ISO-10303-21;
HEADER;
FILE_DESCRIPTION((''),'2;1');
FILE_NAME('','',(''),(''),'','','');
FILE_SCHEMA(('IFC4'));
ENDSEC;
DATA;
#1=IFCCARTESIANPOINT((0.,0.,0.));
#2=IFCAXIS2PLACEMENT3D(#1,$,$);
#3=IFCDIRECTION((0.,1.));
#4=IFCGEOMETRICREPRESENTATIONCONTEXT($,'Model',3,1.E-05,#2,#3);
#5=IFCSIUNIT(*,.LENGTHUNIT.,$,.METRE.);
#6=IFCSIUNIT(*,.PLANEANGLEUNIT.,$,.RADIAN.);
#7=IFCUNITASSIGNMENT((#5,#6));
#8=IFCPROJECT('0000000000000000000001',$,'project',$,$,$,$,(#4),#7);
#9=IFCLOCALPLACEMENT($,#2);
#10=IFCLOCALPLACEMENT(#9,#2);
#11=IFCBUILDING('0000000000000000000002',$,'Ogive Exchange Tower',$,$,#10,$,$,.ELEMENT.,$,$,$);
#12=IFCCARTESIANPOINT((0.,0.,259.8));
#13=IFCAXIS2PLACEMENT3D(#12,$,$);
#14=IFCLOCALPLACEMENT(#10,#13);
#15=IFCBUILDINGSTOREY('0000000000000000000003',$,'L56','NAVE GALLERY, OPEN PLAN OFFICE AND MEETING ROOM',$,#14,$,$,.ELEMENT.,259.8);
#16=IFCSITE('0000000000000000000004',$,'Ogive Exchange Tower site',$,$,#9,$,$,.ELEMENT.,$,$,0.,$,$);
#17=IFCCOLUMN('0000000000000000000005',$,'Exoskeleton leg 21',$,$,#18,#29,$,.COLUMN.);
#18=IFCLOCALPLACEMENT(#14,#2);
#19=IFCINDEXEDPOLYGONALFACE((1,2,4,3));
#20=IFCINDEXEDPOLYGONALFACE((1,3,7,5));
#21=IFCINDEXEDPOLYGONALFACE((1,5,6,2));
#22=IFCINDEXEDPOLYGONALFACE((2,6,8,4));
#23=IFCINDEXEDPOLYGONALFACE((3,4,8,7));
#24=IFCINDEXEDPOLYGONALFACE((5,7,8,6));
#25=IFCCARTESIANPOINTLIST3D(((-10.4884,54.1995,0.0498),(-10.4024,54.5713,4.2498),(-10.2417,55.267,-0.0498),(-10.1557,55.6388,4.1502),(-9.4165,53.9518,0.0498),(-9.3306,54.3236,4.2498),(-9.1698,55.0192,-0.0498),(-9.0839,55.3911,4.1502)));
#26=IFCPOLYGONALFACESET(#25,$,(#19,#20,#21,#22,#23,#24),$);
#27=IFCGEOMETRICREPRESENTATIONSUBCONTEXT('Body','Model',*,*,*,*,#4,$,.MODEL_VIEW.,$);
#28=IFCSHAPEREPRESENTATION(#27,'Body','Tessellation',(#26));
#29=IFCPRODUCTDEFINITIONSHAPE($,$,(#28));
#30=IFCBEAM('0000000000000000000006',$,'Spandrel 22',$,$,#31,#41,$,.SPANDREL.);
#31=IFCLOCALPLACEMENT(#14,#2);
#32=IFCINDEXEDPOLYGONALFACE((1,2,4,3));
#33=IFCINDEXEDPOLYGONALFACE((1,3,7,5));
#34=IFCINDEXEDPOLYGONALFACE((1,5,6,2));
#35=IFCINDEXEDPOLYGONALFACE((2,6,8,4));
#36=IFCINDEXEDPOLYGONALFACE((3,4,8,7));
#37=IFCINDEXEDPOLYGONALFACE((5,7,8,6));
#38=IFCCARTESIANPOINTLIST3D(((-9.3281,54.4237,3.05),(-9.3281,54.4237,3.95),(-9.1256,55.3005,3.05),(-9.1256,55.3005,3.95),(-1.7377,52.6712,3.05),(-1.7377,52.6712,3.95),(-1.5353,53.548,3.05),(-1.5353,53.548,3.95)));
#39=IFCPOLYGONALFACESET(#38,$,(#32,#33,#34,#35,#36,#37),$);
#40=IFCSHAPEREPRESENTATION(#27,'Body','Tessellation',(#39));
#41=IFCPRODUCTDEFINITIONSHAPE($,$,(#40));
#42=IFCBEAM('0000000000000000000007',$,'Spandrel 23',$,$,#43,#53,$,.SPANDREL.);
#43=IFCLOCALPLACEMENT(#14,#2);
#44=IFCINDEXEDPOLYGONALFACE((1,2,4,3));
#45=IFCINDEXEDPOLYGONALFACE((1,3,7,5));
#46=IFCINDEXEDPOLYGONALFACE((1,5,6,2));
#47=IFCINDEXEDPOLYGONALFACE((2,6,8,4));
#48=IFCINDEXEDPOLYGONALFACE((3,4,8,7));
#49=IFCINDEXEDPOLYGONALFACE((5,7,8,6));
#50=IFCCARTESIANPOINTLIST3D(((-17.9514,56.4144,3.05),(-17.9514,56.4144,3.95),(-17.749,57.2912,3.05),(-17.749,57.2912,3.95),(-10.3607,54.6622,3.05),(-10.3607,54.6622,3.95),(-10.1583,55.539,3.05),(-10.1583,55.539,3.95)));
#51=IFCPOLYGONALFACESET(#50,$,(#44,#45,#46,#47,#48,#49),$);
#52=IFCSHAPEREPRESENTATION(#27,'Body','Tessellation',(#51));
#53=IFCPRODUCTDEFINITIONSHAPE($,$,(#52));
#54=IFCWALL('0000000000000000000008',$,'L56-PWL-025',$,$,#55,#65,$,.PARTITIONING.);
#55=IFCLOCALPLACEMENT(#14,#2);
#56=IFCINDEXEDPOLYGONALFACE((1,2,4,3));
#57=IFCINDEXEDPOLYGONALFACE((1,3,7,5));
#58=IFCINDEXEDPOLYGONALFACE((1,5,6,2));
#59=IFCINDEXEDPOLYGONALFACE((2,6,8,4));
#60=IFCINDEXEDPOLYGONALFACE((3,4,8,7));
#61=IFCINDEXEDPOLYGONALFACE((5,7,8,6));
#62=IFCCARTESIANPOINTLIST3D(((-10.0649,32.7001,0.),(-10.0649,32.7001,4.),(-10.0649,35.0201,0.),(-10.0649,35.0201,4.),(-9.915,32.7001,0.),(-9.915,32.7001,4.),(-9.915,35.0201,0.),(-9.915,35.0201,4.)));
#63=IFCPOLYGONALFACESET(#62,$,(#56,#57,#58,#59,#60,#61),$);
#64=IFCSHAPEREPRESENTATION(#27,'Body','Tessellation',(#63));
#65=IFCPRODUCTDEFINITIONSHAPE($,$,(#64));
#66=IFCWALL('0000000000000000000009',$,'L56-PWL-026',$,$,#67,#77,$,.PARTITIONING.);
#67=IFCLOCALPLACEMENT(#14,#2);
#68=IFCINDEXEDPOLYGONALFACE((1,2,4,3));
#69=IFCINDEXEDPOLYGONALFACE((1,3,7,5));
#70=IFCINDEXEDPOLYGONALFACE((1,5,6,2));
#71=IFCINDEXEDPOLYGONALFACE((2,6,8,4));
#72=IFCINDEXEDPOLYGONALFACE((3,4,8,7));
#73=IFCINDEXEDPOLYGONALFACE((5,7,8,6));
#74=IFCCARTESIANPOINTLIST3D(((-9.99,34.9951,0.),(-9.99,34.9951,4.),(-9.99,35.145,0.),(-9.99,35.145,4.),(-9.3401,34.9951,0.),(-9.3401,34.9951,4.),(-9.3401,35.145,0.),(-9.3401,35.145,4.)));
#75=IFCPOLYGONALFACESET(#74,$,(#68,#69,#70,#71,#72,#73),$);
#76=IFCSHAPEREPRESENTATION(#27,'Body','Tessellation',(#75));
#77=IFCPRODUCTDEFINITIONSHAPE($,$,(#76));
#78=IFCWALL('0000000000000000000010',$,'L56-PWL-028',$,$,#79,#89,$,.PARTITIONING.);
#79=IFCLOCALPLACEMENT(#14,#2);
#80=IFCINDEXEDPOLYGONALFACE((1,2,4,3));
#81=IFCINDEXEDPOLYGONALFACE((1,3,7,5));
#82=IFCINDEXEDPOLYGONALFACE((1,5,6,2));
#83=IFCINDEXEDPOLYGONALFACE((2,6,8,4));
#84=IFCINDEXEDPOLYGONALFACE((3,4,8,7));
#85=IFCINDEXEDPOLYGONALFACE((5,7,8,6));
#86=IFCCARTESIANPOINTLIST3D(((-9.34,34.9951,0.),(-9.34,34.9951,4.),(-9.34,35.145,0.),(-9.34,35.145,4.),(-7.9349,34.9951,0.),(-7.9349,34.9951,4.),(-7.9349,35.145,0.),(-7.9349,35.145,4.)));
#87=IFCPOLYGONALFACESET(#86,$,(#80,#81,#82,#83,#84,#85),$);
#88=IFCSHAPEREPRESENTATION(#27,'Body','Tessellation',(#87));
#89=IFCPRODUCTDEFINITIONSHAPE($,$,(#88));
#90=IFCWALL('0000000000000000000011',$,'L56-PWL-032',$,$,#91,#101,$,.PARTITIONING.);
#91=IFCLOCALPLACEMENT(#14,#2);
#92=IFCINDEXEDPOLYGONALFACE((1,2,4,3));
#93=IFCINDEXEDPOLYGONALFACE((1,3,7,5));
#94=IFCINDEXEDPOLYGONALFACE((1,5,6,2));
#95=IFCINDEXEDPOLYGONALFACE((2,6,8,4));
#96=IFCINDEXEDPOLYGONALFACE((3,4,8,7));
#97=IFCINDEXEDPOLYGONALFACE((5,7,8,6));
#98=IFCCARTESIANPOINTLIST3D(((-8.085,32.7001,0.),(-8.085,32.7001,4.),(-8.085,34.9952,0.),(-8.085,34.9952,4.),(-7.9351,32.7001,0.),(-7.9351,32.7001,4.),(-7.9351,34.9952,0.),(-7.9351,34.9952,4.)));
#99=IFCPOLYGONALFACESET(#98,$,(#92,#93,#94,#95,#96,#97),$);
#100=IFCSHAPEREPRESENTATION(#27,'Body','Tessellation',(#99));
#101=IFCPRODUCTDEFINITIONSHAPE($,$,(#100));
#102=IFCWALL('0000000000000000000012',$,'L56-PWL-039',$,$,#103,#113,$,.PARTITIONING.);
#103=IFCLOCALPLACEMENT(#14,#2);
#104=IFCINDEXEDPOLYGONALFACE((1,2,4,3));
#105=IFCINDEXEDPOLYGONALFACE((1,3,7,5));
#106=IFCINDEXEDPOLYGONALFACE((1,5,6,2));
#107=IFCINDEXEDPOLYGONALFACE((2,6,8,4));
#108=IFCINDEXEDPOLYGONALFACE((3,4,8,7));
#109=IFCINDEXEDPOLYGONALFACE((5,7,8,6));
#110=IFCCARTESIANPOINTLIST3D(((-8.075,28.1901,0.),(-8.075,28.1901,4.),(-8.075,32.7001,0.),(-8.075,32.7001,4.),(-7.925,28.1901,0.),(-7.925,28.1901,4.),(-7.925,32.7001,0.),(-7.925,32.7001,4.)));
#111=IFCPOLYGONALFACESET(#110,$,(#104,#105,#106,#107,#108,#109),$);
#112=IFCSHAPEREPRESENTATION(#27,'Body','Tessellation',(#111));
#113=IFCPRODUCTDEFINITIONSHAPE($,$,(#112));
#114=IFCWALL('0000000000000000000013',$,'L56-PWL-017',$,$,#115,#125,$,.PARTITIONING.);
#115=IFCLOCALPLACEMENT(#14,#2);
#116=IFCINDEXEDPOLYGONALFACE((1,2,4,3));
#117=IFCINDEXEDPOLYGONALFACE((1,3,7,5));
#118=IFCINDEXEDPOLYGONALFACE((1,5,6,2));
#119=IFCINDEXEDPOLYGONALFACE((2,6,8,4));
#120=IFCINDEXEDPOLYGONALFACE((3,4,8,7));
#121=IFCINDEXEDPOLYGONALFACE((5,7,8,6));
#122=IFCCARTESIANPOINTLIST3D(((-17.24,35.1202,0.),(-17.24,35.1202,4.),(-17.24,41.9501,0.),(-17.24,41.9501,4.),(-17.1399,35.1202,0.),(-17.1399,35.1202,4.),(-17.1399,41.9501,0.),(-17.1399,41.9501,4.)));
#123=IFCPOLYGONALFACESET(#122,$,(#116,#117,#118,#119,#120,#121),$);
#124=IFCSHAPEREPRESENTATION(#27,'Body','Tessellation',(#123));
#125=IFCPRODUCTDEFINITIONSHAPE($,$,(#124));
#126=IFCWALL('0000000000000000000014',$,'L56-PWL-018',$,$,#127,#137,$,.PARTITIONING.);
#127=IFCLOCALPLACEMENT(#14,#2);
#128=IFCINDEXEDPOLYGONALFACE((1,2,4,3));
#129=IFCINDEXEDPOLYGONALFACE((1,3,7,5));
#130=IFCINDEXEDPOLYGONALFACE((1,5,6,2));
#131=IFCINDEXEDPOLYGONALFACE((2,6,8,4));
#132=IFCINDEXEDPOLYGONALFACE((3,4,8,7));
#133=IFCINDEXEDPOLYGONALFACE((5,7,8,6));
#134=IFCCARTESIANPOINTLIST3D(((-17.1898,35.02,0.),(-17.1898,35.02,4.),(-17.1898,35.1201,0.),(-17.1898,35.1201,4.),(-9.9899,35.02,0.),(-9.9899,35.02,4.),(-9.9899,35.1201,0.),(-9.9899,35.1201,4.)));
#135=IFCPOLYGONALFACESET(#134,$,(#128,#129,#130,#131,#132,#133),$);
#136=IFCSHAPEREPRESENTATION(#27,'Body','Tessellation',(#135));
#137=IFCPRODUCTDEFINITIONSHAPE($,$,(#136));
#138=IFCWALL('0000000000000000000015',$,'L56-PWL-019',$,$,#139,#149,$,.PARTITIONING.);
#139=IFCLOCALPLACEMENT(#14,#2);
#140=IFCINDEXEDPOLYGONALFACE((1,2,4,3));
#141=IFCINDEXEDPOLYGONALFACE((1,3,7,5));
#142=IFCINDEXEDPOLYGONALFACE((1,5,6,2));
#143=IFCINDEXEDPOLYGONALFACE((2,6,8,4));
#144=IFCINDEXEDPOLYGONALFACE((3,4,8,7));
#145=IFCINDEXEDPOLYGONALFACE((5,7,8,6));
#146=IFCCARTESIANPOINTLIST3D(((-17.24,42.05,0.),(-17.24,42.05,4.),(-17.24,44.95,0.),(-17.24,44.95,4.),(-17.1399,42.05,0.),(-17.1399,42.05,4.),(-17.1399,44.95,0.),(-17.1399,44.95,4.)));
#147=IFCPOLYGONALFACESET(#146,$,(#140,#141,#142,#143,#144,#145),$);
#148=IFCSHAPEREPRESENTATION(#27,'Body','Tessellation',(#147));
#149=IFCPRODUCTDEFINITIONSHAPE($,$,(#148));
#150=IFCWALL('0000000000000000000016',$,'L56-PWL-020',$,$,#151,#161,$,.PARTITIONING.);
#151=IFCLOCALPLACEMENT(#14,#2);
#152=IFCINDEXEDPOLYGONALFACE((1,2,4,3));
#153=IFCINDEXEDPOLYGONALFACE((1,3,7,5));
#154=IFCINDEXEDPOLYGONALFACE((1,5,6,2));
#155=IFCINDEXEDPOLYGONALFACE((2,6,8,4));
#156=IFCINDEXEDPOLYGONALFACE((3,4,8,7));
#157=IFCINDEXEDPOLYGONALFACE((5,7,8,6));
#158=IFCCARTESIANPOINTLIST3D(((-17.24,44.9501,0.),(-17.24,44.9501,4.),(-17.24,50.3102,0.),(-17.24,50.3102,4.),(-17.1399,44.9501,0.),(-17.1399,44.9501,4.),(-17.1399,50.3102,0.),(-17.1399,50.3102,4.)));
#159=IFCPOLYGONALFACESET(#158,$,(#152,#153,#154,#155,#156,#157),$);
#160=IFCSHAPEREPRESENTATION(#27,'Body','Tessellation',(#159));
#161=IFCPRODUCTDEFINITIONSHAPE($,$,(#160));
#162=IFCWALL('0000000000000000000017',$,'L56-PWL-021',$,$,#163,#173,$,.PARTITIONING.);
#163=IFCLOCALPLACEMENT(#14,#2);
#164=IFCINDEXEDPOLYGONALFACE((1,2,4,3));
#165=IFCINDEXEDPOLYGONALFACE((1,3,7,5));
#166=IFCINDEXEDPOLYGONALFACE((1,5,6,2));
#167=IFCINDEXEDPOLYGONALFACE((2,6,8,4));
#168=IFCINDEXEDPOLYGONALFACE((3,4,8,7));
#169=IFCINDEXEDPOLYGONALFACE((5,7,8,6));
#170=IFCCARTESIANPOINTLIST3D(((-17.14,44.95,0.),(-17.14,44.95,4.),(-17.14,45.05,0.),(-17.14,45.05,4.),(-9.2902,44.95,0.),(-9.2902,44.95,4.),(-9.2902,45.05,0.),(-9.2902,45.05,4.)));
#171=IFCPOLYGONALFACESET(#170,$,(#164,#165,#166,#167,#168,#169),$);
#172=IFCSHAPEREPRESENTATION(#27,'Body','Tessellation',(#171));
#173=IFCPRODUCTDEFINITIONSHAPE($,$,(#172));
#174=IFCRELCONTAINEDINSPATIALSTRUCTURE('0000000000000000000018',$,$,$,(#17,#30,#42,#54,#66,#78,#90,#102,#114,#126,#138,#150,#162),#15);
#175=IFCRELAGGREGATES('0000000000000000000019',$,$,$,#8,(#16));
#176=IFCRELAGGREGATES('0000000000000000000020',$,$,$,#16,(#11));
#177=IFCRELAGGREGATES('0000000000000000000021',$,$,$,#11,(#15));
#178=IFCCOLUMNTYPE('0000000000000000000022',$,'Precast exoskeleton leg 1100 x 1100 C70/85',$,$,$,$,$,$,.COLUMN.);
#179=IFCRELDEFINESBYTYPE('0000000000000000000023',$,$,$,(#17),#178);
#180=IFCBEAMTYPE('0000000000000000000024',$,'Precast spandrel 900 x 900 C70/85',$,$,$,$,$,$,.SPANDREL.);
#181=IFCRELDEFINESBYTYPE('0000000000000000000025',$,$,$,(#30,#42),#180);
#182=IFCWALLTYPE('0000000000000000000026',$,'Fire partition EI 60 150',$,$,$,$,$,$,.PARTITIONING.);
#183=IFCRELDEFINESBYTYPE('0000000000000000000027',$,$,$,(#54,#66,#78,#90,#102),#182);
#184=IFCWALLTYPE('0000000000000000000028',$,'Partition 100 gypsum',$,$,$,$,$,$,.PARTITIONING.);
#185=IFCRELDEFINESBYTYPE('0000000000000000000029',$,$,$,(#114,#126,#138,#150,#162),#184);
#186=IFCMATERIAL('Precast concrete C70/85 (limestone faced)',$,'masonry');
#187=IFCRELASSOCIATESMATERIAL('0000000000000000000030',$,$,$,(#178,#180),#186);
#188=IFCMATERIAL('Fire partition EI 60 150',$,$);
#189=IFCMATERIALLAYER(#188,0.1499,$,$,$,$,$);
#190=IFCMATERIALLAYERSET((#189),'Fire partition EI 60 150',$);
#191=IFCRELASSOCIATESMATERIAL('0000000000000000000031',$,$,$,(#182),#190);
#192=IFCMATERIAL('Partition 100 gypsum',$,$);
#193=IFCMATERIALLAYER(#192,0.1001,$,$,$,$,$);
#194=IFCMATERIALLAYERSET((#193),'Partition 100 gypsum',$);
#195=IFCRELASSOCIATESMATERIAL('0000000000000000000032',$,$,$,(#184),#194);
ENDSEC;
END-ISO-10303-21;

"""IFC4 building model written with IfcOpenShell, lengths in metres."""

from ifc_helpers import new_model, si_unit, direction, frame, frame_2d, origin, origin_2d, place, context, subcontext, project, spatial, rectangle, extrude, material, layer, layer_set, material_profile, profile_set, type_object, element, save


model = new_model("IFC4")

# Units and contexts
model_context = context("Model", 3, precision=1e-05, world=origin(), true_north=direction((0.0, 1.0)))
body_context = subcontext(model_context, "Body", "Model", "MODEL_VIEW")
ifc_project = project(units=[si_unit("LENGTHUNIT", "METRE"), si_unit("PLANEANGLEUNIT", "RADIAN")], contexts=[model_context])

# Site, building, storey
site_placement = place(None, origin())
site = spatial("IfcSite", under=ifc_project, at=site_placement, Name="Ogive Exchange Tower site", CompositionType="ELEMENT", RefElevation=0.0)
building_placement = place(site_placement, origin())
building = spatial("IfcBuilding", under=site, at=building_placement, Name="Ogive Exchange Tower", CompositionType="ELEMENT")
storey_placement = place(building_placement, frame((0.0, 0.0, 259.8)))
storey = spatial("IfcBuildingStorey", under=building, at=storey_placement, Name="L56", Description="NAVE GALLERY, OPEN PLAN OFFICE AND MEETING ROOM", CompositionType="ELEMENT", Elevation=259.8)

# Column
ifc_material_1 = material(Name="Precast concrete C70/85 (limestone faced)", Category="masonry")
ifc_material_profile_1 = material_profile(ifc_material_1, rectangle(XDim=1.1001, YDim=1.1001, at=origin_2d()), Name="1100 x 1100")
ifc_profile_set_1 = profile_set([ifc_material_profile_1], Name="Precast concrete C70/85 (limestone faced)")
column_type = type_object("IfcColumnType", Name="Precast exoskeleton leg 1100 x 1100 C70/85", PredefinedType="COLUMN", material=ifc_profile_set_1)
column_placement = place(storey_placement, frame((-9.8291, 54.6094, 0.0), z_axis=(0.020378, 0.088168, 0.995897), x_axis=(-0.974316, 0.225187, 0.0)))
element("IfcColumn", 1, at=column_placement, inside=storey, type_object=column_type, Name="Exoskeleton leg 21", PredefinedType="COLUMN", context=body_context, shape_type="SweptSolid", body=[
    extrude(rectangle(XDim=1.1001, YDim=1.1001, at=origin_2d()), origin(), (0.0, 0.0, 1.0), 4.2173),
])

# Beams
ifc_material_profile_2 = material_profile(ifc_material_1, rectangle(XDim=0.8999, YDim=0.8999, at=origin_2d()), Name="900 x 900")
ifc_profile_set_2 = profile_set([ifc_material_profile_2], Name="Precast concrete C70/85 (limestone faced)")
beam_type = type_object("IfcBeamType", Name="Precast spandrel 900 x 900 C70/85", PredefinedType="SPANDREL", material=ifc_profile_set_2)
beam_1_placement = place(storey_placement, frame((-1.6365, 53.1096, 3.5), z_axis=(-0.974368, 0.22496, 0.0), x_axis=(-0.22496, -0.974368, 0.0)))
element("IfcBeam", 2, at=beam_1_placement, inside=storey, type_object=beam_type, Name="Spandrel 22", PredefinedType="SPANDREL", context=body_context, shape_type="SweptSolid", body=[
    extrude(rectangle(XDim=0.8999, YDim=0.8999, at=origin_2d()), origin(), (0.0, 0.0, 1.0), 7.79),
])
beam_2_placement = place(storey_placement, frame((-10.2595, 55.1006, 3.5), z_axis=(-0.974376, 0.224924, 0.0), x_axis=(-0.224924, -0.974376, 0.0)))
element("IfcBeam", 3, at=beam_2_placement, inside=storey, type_object=beam_type, Name="Spandrel 23", PredefinedType="SPANDREL", context=body_context, shape_type="SweptSolid", body=[
    extrude(rectangle(XDim=0.8999, YDim=0.8999, at=origin_2d()), origin(), (0.0, 0.0, 1.0), 7.7903),
])

# Walls
ifc_material_2 = material(Name="Fire partition EI 60 150")
ifc_layer_1 = layer(ifc_material_2, 0.1499)
ifc_layer_set_1 = layer_set([ifc_layer_1], Name="Fire partition EI 60 150")
wall_type_1 = type_object("IfcWallType", Name="Fire partition EI 60 150", PredefinedType="PARTITIONING", material=ifc_layer_set_1)
wall_1_placement = place(storey_placement, frame((-9.99, 32.7, 0.0), z_axis=(0.0, 0.0, 1.0), x_axis=(0.0, 1.0, 0.0)))
element("IfcWall", 4, at=wall_1_placement, inside=storey, type_object=wall_type_1, Name="L56-PWL-025", PredefinedType="PARTITIONING", context=body_context, shape_type="SweptSolid", body=[
    extrude(rectangle(XDim=2.3201, YDim=0.1499, at=frame_2d((1.1602, 0.0))), origin(), (0.0, 0.0, 1.0), 4.0),
])
wall_2_placement = place(storey_placement, frame((-9.99, 35.0701, 0.0), z_axis=(0.0, 0.0, 1.0), x_axis=(1.0, 0.0, 0.0)))
element("IfcWall", 5, at=wall_2_placement, inside=storey, type_object=wall_type_1, Name="L56-PWL-026", PredefinedType="PARTITIONING", context=body_context, shape_type="SweptSolid", body=[
    extrude(rectangle(XDim=0.6499, YDim=0.1499, at=frame_2d((0.325, 0.0))), origin(), (0.0, 0.0, 1.0), 4.0),
])
wall_3_placement = place(storey_placement, frame((-9.3401, 35.0701, 0.0), z_axis=(0.0, 0.0, 1.0), x_axis=(1.0, 0.0, 0.0)))
element("IfcWall", 6, at=wall_3_placement, inside=storey, type_object=wall_type_1, Name="L56-PWL-028", PredefinedType="PARTITIONING", context=body_context, shape_type="SweptSolid", body=[
    extrude(rectangle(XDim=1.405, YDim=0.1499, at=frame_2d((0.7026, 0.0))), origin(), (0.0, 0.0, 1.0), 4.0),
])
wall_4_placement = place(storey_placement, frame((-8.01, 34.9951, 0.0), z_axis=(0.0, 0.0, 1.0), x_axis=(0.0, -1.0, 0.0)))
element("IfcWall", 7, at=wall_4_placement, inside=storey, type_object=wall_type_1, Name="L56-PWL-032", PredefinedType="PARTITIONING", context=body_context, shape_type="SweptSolid", body=[
    extrude(rectangle(XDim=2.2952, YDim=0.1499, at=frame_2d((1.1475, 0.0))), origin(), (0.0, 0.0, 1.0), 4.0),
])
wall_5_placement = place(storey_placement, frame((-8.0, 32.7, 0.0), z_axis=(0.0, 0.0, 1.0), x_axis=(0.0, -1.0, 0.0)))
element("IfcWall", 8, at=wall_5_placement, inside=storey, type_object=wall_type_1, Name="L56-PWL-039", PredefinedType="PARTITIONING", context=body_context, shape_type="SweptSolid", body=[
    extrude(rectangle(XDim=4.51, YDim=0.1499, at=frame_2d((2.2549, 0.0))), origin(), (0.0, 0.0, 1.0), 4.0),
])
ifc_material_3 = material(Name="Partition 100 gypsum")
ifc_layer_2 = layer(ifc_material_3, 0.1001)
ifc_layer_set_2 = layer_set([ifc_layer_2], Name="Partition 100 gypsum")
wall_type_2 = type_object("IfcWallType", Name="Partition 100 gypsum", PredefinedType="PARTITIONING", material=ifc_layer_set_2)
wall_6_placement = place(storey_placement, frame((-17.1899, 35.1201, 0.0), z_axis=(0.0, 0.0, 1.0), x_axis=(0.0, 1.0, 0.0)))
element("IfcWall", 9, at=wall_6_placement, inside=storey, type_object=wall_type_2, Name="L56-PWL-017", PredefinedType="PARTITIONING", context=body_context, shape_type="SweptSolid", body=[
    extrude(rectangle(XDim=6.8298, YDim=0.1001, at=frame_2d((3.415, 0.0))), origin(), (0.0, 0.0, 1.0), 4.0),
])
wall_7_placement = place(storey_placement, frame((-17.1899, 35.0701, 0.0), z_axis=(0.0, 0.0, 1.0), x_axis=(1.0, 0.0, 0.0)))
element("IfcWall", 10, at=wall_7_placement, inside=storey, type_object=wall_type_2, Name="L56-PWL-018", PredefinedType="PARTITIONING", context=body_context, shape_type="SweptSolid", body=[
    extrude(rectangle(XDim=7.2, YDim=0.1001, at=frame_2d((3.6001, 0.0))), origin(), (0.0, 0.0, 1.0), 4.0),
])
wall_8_placement = place(storey_placement, frame((-17.1899, 42.05, 0.0), z_axis=(0.0, 0.0, 1.0), x_axis=(0.0, 1.0, 0.0)))
element("IfcWall", 11, at=wall_8_placement, inside=storey, type_object=wall_type_2, Name="L56-PWL-019", PredefinedType="PARTITIONING", context=body_context, shape_type="SweptSolid", body=[
    extrude(rectangle(XDim=2.8999, YDim=0.1001, at=frame_2d((1.45, 0.0))), origin(), (0.0, 0.0, 1.0), 4.0),
])
wall_9_placement = place(storey_placement, frame((-17.1899, 44.95, 0.0), z_axis=(0.0, 0.0, 1.0), x_axis=(0.0, 1.0, 0.0)))
element("IfcWall", 12, at=wall_9_placement, inside=storey, type_object=wall_type_2, Name="L56-PWL-020", PredefinedType="PARTITIONING", context=body_context, shape_type="SweptSolid", body=[
    extrude(rectangle(XDim=5.3601, YDim=0.1001, at=frame_2d((2.6802, 0.0))), origin(), (0.0, 0.0, 1.0), 4.0),
])
wall_10_placement = place(storey_placement, frame((-17.1399, 45.0, 0.0), z_axis=(0.0, 0.0, 1.0), x_axis=(1.0, 0.0, 0.0)))
element("IfcWall", 13, at=wall_10_placement, inside=storey, type_object=wall_type_2, Name="L56-PWL-021", PredefinedType="PARTITIONING", context=body_context, shape_type="SweptSolid", body=[
    extrude(rectangle(XDim=7.8499, YDim=0.1001, at=frame_2d((3.9248, 0.0))), origin(), (0.0, 0.0, 1.0), 4.0),
])

save(model, "model.ifc")
